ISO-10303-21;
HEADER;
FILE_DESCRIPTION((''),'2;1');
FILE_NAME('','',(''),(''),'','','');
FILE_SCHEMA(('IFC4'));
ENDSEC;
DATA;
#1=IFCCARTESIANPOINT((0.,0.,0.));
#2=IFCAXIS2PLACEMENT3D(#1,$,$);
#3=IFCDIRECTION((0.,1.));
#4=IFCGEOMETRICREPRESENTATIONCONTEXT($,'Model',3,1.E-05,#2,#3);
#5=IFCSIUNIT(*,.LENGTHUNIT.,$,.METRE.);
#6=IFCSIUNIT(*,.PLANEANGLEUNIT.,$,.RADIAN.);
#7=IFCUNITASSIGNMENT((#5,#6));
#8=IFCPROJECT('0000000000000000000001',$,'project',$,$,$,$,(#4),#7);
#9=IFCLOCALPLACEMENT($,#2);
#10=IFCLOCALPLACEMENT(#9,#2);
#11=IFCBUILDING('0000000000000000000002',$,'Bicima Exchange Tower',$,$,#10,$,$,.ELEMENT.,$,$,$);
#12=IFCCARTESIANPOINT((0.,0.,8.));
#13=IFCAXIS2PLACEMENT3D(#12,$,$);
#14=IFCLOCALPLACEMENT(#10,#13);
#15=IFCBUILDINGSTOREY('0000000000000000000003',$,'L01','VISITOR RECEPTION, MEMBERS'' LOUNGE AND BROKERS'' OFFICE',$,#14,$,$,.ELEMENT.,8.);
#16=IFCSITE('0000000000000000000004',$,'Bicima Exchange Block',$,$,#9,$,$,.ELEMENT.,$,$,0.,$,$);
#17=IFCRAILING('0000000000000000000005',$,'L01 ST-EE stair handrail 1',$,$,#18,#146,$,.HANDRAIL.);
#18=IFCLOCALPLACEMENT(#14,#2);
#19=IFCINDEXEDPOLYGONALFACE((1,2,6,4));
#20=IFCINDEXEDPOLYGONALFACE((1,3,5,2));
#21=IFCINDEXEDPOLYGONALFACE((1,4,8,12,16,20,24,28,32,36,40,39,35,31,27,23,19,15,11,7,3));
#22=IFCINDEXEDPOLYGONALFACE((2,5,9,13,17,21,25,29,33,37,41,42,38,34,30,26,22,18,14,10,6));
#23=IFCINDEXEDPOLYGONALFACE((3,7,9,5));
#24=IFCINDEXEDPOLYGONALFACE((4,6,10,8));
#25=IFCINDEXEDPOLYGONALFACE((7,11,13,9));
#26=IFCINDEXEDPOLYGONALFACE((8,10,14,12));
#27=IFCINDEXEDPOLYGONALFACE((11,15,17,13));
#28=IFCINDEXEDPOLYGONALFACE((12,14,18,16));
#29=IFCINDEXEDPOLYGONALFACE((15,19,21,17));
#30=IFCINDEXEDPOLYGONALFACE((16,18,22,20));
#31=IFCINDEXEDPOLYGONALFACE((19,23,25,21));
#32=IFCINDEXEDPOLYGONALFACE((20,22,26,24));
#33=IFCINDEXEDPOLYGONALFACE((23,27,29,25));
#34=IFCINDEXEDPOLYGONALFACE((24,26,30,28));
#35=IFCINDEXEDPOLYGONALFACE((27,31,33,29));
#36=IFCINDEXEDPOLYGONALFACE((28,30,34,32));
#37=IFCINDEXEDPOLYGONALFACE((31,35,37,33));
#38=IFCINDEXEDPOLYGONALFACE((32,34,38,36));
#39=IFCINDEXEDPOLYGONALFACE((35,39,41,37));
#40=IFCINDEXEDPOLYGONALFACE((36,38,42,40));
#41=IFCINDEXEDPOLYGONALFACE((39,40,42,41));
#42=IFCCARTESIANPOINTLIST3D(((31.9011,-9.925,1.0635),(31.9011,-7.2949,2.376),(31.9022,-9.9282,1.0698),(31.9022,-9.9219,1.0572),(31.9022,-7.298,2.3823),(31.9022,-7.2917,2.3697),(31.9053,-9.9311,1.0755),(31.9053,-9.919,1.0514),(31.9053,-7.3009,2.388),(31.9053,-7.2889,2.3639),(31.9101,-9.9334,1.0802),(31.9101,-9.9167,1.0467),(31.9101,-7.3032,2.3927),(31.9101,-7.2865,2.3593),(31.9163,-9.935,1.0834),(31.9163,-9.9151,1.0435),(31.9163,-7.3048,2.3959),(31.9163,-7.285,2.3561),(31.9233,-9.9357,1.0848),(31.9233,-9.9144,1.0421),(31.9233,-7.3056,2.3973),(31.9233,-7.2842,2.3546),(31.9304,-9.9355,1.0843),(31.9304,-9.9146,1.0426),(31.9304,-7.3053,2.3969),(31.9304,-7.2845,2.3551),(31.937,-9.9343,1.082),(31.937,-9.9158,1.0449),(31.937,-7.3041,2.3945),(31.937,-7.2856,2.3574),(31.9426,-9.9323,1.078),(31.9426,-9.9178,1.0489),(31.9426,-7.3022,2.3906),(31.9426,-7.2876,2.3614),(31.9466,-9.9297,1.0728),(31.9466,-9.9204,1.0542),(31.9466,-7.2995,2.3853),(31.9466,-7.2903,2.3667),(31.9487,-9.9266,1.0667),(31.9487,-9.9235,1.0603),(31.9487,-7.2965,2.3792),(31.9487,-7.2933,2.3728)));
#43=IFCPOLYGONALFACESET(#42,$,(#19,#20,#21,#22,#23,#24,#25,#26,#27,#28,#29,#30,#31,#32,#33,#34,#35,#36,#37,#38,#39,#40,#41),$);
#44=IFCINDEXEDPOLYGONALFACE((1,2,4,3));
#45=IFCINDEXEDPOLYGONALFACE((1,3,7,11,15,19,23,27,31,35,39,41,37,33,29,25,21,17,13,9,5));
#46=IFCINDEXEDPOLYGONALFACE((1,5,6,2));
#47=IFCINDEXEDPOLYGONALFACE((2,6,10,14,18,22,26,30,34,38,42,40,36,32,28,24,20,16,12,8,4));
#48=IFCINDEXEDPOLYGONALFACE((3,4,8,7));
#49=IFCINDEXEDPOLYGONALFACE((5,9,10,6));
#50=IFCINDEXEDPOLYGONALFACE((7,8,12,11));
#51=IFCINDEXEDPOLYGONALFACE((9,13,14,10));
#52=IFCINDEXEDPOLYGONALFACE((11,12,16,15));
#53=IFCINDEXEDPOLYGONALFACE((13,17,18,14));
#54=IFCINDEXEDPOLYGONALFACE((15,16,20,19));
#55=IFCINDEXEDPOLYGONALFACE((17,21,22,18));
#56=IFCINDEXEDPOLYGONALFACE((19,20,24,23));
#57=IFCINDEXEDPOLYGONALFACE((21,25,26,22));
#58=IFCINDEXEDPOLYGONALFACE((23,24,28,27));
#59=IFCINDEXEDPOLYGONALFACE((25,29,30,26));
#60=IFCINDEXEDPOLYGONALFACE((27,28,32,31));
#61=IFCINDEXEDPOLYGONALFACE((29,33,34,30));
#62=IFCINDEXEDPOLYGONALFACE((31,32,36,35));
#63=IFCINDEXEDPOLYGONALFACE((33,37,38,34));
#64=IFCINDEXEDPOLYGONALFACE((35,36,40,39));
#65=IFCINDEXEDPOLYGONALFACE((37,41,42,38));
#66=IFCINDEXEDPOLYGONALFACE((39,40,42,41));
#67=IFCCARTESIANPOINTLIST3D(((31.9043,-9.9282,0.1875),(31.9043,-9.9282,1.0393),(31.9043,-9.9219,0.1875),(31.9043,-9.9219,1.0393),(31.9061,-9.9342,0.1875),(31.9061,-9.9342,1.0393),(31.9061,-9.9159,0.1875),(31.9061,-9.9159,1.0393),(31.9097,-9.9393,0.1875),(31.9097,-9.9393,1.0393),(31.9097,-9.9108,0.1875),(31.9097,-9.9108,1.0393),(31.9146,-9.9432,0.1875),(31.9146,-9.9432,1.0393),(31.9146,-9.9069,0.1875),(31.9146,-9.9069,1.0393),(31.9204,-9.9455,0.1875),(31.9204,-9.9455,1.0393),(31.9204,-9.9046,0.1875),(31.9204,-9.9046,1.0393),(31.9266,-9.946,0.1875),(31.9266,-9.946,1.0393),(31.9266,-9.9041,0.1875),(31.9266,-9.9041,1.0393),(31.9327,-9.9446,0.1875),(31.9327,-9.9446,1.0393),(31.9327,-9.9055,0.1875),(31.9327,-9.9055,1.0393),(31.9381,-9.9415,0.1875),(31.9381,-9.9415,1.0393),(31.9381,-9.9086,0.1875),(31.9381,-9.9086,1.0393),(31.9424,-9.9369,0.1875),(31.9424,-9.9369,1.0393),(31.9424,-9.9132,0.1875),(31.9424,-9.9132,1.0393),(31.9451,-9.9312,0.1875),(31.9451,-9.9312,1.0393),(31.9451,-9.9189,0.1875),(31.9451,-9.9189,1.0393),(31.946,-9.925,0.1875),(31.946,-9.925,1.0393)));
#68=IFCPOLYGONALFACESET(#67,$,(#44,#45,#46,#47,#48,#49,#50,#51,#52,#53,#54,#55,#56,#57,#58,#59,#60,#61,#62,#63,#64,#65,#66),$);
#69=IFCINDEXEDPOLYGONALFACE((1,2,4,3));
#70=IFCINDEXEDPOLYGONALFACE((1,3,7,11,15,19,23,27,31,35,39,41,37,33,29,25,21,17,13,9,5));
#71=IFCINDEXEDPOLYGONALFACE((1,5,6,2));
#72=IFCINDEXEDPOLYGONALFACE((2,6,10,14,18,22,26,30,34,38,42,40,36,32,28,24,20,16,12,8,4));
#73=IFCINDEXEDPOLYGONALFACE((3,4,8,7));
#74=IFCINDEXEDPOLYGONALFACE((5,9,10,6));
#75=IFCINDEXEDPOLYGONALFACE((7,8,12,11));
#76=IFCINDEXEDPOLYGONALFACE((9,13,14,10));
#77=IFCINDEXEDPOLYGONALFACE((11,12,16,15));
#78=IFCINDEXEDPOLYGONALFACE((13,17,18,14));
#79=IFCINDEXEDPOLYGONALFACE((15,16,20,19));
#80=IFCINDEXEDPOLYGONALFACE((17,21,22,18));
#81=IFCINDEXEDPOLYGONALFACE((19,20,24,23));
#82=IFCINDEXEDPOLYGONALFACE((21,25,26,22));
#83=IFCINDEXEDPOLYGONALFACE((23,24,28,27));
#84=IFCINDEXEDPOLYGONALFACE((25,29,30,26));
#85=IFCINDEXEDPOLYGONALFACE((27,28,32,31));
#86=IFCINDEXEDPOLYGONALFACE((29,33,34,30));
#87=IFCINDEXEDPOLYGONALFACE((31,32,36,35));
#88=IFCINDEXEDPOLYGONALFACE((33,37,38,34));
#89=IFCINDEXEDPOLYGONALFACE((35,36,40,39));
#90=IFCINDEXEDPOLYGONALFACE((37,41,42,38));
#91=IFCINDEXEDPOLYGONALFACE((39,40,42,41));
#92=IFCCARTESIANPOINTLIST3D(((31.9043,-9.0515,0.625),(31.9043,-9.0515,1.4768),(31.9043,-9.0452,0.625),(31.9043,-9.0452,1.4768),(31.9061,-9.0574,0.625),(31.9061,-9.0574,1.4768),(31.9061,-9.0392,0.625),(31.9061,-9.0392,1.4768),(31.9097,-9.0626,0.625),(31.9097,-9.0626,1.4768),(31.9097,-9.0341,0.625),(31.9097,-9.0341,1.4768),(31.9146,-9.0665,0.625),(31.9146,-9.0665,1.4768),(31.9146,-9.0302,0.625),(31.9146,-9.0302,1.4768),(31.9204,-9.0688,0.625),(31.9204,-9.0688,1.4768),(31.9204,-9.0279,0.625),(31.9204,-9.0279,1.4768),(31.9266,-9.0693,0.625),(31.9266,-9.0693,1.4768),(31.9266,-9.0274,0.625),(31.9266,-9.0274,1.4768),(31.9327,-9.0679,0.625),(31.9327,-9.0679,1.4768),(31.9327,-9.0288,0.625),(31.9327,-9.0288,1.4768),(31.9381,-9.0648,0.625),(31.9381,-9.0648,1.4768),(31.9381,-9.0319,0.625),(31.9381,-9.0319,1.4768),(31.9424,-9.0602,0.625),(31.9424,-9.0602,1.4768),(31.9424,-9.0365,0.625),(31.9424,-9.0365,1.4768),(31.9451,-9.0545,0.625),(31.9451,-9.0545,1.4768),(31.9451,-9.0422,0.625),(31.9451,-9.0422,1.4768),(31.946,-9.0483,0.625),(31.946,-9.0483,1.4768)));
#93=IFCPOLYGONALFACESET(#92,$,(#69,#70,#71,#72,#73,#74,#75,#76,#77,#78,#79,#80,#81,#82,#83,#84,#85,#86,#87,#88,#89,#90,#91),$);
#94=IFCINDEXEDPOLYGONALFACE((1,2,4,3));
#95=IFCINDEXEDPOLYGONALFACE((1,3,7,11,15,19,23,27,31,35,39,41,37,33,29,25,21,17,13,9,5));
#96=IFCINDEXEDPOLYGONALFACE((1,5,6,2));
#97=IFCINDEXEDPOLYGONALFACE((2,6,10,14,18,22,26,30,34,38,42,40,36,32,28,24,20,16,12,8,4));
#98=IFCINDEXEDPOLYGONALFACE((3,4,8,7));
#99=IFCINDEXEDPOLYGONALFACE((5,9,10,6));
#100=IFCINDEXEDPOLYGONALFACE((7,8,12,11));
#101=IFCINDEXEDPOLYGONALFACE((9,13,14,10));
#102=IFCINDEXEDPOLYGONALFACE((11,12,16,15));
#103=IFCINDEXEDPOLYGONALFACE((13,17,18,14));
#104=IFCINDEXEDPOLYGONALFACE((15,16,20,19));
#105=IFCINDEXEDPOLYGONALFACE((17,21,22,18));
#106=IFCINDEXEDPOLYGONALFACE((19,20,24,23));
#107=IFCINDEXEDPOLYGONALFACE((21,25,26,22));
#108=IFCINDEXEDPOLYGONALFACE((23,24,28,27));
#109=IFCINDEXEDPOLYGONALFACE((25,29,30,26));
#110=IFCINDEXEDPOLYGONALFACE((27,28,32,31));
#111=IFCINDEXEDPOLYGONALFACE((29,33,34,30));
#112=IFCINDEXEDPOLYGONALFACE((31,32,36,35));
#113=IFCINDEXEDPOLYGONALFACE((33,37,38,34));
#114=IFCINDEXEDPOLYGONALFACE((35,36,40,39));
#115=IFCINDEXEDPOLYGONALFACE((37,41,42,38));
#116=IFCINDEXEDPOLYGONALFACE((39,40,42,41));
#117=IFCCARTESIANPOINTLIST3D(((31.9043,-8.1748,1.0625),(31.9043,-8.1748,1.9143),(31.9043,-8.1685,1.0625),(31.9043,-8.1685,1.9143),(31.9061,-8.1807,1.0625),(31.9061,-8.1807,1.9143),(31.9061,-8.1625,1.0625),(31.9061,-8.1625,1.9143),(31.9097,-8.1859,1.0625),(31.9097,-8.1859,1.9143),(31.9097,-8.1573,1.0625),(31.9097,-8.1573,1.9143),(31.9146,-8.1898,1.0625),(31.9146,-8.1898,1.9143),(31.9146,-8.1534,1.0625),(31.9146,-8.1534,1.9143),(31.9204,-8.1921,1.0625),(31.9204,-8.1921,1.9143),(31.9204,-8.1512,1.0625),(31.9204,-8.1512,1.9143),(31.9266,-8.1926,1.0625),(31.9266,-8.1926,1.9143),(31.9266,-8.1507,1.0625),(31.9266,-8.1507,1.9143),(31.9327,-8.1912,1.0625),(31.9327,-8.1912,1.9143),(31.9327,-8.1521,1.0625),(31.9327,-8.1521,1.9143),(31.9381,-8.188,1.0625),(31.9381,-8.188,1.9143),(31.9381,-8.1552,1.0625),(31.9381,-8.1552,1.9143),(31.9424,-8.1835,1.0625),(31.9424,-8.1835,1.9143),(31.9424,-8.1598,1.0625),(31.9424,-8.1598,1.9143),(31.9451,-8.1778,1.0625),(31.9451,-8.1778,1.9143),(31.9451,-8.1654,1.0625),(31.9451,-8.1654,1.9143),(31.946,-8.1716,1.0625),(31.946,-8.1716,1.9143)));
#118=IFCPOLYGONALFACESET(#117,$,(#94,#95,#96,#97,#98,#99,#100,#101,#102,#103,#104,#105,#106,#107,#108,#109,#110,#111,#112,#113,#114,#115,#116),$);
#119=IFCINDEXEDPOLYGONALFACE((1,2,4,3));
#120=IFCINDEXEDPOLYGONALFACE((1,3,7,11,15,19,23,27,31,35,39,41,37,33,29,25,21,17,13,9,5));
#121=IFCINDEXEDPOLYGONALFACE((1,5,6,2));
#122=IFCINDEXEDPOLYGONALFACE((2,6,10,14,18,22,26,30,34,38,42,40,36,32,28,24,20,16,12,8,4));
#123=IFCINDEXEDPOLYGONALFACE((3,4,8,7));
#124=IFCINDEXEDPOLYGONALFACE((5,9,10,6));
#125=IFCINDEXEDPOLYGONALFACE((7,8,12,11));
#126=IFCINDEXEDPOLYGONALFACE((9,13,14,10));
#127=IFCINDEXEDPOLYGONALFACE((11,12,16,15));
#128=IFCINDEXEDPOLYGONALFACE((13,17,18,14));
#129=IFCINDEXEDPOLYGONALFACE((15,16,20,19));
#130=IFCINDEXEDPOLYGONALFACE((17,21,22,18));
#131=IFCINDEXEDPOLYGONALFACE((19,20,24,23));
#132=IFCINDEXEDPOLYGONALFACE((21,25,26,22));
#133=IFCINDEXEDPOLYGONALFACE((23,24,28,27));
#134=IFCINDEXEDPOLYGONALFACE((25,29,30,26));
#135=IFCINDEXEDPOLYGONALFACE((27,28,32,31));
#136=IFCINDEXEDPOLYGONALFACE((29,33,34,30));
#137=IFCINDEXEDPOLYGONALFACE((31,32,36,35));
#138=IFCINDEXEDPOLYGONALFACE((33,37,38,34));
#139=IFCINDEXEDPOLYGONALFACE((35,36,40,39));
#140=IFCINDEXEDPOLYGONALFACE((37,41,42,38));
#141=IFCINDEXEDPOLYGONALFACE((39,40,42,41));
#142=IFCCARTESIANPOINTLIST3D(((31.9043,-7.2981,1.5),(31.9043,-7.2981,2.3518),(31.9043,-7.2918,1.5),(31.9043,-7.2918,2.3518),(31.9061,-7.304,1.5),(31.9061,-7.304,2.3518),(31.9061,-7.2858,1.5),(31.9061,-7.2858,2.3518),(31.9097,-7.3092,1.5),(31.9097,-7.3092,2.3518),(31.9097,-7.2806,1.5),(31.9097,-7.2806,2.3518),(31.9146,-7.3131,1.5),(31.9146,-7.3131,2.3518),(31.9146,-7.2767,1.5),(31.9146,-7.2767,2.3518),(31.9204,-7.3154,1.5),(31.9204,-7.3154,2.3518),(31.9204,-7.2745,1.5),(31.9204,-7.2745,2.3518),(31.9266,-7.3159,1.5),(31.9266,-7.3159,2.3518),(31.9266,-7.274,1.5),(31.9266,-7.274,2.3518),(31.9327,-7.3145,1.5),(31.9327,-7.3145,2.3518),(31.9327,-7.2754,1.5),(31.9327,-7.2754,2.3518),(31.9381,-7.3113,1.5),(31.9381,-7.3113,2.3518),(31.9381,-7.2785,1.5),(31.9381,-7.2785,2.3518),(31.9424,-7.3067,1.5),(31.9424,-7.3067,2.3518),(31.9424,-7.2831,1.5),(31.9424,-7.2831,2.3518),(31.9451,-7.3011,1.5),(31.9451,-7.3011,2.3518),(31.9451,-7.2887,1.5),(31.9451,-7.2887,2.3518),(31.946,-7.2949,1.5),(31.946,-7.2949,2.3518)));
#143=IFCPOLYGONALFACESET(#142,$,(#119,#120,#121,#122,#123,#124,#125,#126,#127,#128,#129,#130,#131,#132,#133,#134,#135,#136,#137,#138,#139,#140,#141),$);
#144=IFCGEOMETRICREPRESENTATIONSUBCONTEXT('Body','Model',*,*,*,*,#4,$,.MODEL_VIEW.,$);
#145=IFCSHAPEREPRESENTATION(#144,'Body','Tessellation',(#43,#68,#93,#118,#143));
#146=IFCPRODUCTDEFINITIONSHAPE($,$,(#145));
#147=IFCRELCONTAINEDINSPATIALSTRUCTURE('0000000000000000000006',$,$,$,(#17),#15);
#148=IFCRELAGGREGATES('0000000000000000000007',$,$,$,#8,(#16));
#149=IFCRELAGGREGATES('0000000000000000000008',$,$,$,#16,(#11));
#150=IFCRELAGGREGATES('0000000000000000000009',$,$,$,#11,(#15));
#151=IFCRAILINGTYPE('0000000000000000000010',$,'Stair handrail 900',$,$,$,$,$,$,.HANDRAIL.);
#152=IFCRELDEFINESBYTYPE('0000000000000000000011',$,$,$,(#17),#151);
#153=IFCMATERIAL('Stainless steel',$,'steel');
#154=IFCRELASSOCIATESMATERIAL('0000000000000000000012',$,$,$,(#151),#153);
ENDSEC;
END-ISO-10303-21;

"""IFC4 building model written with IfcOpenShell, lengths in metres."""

from ifc_helpers import new_model, si_unit, direction, frame, origin, origin_2d, place, context, subcontext, project, spatial, circle, extrude, material, type_object, element, save


model = new_model("IFC4")

# Units and contexts
model_context = context("Model", 3, precision=1e-05, world=origin(), true_north=direction((0.0, 1.0)))
body_context = subcontext(model_context, "Body", "Model", "MODEL_VIEW")
ifc_project = project(units=[si_unit("LENGTHUNIT", "METRE"), si_unit("PLANEANGLEUNIT", "RADIAN")], contexts=[model_context])

# Site, building, storey
site_placement = place(None, origin())
site = spatial("IfcSite", under=ifc_project, at=site_placement, Name="Bicima Exchange Block", CompositionType="ELEMENT", RefElevation=0.0)
building_placement = place(site_placement, origin())
building = spatial("IfcBuilding", under=site, at=building_placement, Name="Bicima Exchange Tower", CompositionType="ELEMENT")
storey_placement = place(building_placement, frame((0.0, 0.0, 8.0)))
storey = spatial("IfcBuildingStorey", under=building, at=storey_placement, Name="L01", Description="VISITOR RECEPTION, MEMBERS' LOUNGE AND BROKERS' OFFICE", CompositionType="ELEMENT", Elevation=8.0)

# Railing
ifc_material_1 = material(Name="Stainless steel", Category="steel")
railing_type_1 = type_object("IfcRailingType", Name="Stair handrail 900", PredefinedType="HANDRAIL", material=ifc_material_1)
railing_1_placement = place(storey_placement, frame((31.925, -9.925, 0.1875)))
element("IfcRailing", 1, at=railing_1_placement, inside=storey, type_object=railing_type_1, Name="L01 ST-EE stair handrail 1", PredefinedType="HANDRAIL", context=body_context, shape_type="SweptSolid", body=[
    extrude(circle(Radius=0.0239, at=origin_2d()), frame((0.0, 0.0, 0.876), z_axis=(0.0, 0.894776, 0.446516), x_axis=(-1.0, 0.0, 0.0)), (0.0, 0.0, 1.0), 2.9395),
    extrude(circle(Radius=0.021, at=origin_2d()), origin(), (0.0, 0.0, 1.0), 0.8518),
    extrude(circle(Radius=0.021, at=origin_2d()), frame((0.0, 0.8767, 0.4375)), (0.0, 0.0, 1.0), 0.8518),
    extrude(circle(Radius=0.021, at=origin_2d()), frame((0.0, 1.7534, 0.875)), (0.0, 0.0, 1.0), 0.8518),
    extrude(circle(Radius=0.021, at=origin_2d()), frame((0.0, 2.6301, 1.3125)), (0.0, 0.0, 1.0), 0.8518),
])

save(model, "model.ifc")
